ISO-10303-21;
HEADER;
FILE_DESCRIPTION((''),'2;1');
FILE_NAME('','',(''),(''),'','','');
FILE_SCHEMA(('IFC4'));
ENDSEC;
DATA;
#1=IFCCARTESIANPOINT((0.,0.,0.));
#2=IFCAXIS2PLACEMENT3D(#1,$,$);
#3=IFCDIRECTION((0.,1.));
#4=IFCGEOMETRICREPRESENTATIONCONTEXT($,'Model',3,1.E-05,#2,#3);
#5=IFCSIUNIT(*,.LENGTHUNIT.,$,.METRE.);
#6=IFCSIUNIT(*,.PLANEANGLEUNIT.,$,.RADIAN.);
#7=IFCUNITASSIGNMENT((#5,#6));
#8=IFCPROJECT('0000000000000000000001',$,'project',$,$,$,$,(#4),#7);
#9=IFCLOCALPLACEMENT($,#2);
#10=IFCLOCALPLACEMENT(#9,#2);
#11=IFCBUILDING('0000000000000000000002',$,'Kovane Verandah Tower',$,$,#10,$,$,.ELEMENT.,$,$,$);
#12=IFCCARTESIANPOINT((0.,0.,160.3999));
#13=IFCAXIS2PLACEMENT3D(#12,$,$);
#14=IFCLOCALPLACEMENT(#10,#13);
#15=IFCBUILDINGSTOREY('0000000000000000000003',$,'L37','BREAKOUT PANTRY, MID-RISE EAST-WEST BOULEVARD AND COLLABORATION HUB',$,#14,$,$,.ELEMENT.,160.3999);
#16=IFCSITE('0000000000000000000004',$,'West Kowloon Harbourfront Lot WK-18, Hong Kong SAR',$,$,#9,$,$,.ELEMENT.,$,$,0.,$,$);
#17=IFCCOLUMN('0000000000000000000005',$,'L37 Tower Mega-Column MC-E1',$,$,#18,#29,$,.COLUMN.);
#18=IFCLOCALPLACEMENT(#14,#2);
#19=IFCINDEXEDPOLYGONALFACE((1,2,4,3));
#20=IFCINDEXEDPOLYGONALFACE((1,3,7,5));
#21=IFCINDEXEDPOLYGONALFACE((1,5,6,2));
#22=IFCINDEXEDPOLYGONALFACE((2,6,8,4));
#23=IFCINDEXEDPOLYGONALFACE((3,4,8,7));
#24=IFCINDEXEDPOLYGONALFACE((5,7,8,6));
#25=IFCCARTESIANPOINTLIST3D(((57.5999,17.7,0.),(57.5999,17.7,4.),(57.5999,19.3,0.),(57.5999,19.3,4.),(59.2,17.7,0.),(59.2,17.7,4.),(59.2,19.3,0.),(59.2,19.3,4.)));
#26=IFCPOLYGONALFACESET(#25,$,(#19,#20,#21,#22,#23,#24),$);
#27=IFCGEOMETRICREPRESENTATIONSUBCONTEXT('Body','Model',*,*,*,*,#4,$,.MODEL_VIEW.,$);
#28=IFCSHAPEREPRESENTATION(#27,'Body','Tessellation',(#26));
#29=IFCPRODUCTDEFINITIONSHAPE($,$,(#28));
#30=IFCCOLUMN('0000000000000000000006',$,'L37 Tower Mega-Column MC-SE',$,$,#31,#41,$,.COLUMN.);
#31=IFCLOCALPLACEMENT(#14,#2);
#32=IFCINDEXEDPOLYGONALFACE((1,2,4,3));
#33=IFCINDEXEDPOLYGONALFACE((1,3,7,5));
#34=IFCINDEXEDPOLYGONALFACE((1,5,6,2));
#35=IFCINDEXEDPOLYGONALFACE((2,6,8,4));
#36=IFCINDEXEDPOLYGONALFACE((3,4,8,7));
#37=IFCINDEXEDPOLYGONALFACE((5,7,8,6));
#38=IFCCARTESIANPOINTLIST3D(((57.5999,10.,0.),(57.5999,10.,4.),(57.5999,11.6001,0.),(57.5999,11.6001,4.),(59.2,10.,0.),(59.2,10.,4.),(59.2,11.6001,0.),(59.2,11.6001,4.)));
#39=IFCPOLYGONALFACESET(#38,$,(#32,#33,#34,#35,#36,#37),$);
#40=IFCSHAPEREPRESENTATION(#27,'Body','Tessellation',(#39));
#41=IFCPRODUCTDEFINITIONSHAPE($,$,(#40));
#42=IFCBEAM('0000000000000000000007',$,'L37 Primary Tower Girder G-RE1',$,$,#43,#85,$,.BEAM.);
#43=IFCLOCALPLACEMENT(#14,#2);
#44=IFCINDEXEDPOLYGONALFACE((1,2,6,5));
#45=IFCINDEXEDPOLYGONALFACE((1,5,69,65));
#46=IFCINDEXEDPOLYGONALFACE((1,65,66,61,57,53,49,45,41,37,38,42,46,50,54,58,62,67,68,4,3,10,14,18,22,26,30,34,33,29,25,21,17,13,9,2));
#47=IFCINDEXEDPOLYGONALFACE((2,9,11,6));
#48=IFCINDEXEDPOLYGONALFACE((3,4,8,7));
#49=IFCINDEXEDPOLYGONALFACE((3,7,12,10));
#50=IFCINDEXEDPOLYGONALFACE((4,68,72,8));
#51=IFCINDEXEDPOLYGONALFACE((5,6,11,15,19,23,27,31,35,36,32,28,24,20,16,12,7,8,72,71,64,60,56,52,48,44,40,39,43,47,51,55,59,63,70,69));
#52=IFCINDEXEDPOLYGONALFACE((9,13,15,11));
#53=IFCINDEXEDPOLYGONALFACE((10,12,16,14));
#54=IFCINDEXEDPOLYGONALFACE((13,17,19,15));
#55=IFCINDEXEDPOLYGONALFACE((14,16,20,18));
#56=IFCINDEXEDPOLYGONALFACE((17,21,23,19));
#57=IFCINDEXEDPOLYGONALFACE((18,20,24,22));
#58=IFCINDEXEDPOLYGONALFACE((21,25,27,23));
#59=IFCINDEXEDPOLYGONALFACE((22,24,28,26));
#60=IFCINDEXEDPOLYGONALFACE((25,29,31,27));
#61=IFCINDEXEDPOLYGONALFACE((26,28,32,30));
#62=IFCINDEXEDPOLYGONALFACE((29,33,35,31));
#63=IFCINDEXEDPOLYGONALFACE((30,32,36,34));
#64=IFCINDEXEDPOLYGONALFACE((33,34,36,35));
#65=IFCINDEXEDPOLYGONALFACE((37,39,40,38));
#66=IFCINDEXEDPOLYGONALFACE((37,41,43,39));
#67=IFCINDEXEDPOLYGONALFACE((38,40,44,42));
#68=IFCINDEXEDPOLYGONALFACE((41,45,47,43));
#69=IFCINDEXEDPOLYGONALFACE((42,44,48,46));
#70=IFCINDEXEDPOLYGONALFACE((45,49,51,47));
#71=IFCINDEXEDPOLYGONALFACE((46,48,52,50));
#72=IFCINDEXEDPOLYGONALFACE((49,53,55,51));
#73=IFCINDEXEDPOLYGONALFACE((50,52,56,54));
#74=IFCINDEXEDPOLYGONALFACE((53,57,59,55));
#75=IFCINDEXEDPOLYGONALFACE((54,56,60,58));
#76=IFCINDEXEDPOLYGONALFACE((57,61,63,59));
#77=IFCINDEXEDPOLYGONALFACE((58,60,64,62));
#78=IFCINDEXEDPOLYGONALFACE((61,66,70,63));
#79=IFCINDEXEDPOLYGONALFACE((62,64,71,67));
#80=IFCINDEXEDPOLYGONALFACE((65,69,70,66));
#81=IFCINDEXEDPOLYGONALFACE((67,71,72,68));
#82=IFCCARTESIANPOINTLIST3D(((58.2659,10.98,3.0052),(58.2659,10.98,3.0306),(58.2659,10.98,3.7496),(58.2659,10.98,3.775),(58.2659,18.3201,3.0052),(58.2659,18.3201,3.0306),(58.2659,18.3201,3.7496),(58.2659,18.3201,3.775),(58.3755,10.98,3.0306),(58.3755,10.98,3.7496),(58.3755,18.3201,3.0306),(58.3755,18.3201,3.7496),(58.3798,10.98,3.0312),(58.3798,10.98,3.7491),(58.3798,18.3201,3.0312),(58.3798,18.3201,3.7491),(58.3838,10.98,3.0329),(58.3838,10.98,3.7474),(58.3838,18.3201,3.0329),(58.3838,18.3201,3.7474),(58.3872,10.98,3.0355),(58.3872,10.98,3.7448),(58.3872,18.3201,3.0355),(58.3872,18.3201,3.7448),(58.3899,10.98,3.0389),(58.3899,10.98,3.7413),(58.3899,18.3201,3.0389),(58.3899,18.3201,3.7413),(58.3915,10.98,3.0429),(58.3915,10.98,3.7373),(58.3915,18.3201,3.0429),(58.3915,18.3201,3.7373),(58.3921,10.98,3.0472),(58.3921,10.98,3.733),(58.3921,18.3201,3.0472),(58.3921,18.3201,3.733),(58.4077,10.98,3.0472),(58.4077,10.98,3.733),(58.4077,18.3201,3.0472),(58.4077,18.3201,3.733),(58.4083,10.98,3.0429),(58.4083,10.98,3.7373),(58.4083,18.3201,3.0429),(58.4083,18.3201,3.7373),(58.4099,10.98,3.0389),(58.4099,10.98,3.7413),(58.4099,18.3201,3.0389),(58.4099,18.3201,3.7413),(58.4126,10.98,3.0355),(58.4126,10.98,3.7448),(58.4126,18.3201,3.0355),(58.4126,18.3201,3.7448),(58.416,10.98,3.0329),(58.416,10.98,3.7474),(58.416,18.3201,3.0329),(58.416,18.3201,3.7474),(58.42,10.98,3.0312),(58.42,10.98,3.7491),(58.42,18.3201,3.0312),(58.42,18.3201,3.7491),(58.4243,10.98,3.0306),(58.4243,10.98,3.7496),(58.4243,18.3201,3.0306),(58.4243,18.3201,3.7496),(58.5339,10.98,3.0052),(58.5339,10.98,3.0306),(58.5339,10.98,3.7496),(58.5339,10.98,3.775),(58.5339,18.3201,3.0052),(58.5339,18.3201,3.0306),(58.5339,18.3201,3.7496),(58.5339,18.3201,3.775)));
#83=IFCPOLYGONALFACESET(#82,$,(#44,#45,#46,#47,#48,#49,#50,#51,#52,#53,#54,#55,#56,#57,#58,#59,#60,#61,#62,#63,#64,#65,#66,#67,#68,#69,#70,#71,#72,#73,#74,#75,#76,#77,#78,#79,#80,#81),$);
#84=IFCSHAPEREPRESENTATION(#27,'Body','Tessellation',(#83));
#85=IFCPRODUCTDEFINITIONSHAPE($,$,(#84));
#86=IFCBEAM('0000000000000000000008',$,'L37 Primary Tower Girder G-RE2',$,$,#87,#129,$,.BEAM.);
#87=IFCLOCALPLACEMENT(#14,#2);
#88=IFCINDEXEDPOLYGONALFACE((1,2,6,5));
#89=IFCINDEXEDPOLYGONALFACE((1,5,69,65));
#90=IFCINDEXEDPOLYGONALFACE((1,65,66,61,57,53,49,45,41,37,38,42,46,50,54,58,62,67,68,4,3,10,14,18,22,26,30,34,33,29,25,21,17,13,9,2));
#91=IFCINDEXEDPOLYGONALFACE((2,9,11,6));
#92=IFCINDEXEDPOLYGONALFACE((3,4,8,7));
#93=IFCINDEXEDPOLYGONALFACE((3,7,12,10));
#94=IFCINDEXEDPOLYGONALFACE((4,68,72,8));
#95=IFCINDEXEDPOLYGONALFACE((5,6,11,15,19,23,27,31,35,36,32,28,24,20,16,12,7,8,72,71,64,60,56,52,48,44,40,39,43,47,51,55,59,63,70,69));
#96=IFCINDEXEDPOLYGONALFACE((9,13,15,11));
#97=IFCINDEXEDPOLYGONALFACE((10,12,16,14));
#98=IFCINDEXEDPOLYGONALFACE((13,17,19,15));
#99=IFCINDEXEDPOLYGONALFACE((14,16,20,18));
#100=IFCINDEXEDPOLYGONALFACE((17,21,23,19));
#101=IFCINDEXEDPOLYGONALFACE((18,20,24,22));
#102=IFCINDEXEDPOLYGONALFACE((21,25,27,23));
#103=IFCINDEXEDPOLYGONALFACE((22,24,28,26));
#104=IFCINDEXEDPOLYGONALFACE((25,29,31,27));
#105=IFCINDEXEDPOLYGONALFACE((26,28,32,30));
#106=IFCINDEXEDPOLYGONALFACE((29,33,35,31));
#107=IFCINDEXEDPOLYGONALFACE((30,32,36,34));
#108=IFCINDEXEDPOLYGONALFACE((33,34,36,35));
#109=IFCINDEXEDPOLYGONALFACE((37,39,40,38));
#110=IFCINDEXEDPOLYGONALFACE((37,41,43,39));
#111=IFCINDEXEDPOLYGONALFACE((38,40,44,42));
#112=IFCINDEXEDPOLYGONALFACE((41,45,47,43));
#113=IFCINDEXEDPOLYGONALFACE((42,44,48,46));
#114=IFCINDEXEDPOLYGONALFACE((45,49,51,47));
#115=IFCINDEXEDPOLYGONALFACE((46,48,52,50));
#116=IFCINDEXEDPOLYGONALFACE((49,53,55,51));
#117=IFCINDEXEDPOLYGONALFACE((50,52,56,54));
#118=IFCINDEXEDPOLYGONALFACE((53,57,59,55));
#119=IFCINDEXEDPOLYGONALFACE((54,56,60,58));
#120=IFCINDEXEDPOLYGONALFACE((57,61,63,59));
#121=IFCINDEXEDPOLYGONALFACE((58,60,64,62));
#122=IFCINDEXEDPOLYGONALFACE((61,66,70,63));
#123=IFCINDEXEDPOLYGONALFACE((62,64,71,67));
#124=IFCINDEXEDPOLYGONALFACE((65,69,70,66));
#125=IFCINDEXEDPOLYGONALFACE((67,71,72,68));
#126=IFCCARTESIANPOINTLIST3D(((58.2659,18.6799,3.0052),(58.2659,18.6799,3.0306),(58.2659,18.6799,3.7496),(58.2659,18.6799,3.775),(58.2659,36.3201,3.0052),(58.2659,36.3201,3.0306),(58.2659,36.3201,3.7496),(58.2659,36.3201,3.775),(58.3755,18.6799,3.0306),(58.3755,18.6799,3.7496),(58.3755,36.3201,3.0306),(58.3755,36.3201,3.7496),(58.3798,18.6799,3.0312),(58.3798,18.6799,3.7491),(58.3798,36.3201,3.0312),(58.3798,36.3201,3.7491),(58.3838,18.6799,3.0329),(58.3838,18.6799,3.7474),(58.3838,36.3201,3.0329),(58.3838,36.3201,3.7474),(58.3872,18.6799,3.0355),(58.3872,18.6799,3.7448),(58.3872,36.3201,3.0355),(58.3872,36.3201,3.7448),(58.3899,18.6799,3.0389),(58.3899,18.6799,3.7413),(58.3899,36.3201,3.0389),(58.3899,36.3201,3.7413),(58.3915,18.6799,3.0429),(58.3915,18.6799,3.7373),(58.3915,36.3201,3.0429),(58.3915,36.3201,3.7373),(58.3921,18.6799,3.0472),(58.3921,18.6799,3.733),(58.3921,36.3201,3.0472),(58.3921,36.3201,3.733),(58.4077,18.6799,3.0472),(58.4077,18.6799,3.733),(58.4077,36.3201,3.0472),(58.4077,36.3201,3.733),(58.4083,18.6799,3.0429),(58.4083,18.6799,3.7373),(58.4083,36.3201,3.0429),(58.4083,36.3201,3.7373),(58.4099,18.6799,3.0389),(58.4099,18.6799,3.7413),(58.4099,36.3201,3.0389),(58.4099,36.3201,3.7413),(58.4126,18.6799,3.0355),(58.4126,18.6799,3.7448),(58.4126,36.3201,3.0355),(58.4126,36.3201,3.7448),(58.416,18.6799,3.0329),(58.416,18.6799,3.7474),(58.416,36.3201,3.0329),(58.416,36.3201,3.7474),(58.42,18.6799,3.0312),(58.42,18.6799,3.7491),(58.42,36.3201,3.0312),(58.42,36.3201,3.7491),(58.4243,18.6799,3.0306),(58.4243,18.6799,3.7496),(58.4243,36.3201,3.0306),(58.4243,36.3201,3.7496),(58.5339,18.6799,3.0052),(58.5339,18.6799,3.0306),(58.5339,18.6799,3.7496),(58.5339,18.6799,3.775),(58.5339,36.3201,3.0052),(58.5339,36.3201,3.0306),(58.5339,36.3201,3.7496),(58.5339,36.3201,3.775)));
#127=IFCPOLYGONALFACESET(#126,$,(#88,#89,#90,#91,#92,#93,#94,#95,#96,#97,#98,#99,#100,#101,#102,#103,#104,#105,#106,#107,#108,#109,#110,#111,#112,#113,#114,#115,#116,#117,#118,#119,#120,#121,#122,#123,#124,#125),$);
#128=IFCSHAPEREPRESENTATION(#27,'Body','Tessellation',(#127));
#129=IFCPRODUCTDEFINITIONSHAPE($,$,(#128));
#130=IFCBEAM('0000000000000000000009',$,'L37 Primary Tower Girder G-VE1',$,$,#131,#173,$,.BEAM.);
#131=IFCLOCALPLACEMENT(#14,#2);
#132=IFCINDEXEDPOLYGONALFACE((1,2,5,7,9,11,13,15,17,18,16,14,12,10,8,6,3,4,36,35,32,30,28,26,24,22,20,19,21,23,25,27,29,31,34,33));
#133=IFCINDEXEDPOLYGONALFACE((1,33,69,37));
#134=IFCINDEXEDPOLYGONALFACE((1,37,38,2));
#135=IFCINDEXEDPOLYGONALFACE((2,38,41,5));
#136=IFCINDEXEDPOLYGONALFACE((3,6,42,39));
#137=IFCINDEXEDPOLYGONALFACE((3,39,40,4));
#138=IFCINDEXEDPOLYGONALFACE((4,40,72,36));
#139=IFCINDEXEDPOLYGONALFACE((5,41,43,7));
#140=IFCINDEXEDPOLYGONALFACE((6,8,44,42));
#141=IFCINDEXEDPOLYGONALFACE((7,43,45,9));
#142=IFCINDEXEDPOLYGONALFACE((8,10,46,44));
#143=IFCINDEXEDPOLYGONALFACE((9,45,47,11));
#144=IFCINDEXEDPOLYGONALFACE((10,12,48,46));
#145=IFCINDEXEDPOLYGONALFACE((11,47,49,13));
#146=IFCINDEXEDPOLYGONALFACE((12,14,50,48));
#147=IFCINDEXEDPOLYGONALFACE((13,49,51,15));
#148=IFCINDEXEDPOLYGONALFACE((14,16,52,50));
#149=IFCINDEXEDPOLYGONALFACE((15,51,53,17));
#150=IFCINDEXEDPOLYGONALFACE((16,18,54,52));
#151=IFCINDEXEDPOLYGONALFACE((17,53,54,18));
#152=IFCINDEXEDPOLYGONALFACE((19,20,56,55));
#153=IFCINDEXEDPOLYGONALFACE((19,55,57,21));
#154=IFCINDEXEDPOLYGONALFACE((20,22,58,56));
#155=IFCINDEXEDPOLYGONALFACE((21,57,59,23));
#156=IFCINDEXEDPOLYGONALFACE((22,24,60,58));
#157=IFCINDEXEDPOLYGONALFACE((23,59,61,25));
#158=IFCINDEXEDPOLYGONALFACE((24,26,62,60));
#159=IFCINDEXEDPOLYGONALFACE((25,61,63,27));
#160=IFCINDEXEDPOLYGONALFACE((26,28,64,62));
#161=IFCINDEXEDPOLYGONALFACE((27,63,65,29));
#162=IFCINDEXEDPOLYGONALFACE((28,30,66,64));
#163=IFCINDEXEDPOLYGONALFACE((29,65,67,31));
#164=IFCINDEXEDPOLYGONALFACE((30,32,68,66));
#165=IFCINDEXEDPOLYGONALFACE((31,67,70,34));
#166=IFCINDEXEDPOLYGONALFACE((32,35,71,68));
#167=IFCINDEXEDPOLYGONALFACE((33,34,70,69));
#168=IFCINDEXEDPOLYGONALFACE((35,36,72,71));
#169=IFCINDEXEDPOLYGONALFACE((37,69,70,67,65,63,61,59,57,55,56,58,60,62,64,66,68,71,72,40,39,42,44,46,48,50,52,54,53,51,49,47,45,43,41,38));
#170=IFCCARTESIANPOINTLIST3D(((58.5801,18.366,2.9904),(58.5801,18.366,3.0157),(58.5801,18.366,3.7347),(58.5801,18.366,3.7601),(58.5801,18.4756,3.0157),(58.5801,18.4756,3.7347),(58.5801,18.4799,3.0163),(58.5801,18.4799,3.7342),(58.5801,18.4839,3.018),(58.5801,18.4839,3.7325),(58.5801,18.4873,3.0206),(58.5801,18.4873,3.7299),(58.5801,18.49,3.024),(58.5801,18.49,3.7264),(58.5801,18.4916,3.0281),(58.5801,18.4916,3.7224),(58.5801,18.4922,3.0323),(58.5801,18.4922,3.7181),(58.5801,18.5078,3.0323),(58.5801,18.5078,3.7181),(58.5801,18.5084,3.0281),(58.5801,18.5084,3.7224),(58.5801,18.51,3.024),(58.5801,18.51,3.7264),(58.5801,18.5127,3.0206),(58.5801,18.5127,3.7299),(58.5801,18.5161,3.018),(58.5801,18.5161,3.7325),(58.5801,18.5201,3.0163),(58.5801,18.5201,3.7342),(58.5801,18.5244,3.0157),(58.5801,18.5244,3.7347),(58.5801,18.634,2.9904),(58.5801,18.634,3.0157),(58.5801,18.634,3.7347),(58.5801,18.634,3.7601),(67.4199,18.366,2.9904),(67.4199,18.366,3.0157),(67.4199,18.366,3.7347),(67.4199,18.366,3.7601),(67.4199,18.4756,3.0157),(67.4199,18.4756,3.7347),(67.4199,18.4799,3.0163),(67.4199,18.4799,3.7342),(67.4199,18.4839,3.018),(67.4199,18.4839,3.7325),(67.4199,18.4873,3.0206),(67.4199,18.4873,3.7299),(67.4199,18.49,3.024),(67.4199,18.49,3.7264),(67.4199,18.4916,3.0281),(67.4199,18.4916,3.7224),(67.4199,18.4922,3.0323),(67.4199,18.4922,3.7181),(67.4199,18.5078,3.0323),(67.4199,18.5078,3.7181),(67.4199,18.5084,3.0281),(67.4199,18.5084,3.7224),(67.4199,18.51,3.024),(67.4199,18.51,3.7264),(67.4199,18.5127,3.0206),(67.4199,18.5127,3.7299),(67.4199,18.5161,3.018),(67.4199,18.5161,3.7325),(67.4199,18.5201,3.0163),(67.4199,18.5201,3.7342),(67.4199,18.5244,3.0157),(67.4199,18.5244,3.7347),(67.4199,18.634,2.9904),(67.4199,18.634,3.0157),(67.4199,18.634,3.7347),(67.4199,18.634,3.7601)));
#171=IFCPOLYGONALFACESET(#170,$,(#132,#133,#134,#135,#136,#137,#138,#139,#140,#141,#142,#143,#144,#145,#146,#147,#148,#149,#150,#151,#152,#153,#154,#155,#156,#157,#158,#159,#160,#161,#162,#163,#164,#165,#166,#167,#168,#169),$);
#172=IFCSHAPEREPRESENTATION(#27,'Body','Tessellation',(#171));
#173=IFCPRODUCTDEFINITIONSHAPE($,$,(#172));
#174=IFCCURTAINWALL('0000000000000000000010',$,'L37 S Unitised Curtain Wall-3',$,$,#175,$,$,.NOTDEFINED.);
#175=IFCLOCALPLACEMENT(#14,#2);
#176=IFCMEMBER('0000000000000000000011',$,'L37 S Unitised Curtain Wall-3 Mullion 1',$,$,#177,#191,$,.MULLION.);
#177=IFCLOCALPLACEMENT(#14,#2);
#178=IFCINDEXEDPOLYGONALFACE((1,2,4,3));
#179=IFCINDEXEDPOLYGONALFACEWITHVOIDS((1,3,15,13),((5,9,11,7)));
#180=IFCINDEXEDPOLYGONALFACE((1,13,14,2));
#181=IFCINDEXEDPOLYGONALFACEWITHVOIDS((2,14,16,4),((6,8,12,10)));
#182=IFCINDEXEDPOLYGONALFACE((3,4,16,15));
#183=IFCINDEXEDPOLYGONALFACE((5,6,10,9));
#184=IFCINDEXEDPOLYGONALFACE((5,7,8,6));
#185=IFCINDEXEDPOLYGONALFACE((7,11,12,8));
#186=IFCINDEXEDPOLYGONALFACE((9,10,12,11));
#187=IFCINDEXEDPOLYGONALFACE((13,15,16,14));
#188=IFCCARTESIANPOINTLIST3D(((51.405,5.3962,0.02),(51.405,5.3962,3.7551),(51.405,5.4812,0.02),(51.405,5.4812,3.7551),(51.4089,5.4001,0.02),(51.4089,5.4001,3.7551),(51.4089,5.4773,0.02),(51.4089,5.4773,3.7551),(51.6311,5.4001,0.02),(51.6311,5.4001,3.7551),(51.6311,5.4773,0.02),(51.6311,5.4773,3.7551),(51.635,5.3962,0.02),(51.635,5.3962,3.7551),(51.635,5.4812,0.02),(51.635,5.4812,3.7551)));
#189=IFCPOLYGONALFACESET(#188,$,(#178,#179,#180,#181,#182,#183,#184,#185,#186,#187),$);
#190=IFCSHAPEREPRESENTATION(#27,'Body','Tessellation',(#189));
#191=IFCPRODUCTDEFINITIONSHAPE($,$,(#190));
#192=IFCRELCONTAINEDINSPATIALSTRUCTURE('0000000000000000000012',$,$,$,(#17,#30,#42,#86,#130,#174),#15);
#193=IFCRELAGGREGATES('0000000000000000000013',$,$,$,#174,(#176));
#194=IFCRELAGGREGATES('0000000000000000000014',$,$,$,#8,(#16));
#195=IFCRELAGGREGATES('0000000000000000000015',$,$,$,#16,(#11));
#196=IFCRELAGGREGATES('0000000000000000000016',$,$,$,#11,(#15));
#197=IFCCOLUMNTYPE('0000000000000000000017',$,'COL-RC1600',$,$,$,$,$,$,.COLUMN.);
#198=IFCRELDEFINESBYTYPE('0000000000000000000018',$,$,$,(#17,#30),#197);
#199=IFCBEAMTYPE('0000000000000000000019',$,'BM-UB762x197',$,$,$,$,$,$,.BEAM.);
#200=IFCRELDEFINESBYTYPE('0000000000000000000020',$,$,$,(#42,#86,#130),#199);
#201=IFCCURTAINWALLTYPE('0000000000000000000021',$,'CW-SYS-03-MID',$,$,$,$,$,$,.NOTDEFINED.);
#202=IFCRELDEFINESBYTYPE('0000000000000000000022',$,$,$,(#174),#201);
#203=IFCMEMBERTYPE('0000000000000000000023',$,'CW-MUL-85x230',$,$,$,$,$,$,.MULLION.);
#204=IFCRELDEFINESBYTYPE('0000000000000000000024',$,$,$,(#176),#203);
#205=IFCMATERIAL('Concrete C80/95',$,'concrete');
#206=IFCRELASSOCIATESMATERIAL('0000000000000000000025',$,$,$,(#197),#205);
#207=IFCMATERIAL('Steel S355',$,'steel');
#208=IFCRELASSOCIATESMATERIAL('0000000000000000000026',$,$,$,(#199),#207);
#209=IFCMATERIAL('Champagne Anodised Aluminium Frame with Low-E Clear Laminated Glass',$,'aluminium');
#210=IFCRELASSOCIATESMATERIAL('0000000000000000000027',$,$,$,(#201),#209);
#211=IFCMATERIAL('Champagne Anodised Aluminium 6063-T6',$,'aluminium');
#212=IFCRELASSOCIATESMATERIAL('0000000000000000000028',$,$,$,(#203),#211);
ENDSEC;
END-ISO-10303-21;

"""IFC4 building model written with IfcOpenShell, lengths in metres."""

from ifc_helpers import new_model, si_unit, direction, frame, origin, origin_2d, place, context, subcontext, project, spatial, rectangle, hollow_rectangle, i_section, extrude, material, material_profile, profile_set, type_object, element, aggregate, save


model = new_model("IFC4")

# Units and contexts
model_context = context("Model", 3, precision=1e-05, world=origin(), true_north=direction((0.0, 1.0)))
body_context = subcontext(model_context, "Body", "Model", "MODEL_VIEW")
ifc_project = project(units=[si_unit("LENGTHUNIT", "METRE"), si_unit("PLANEANGLEUNIT", "RADIAN")], contexts=[model_context])

# Site, building, storey
site_placement = place(None, origin())
site = spatial("IfcSite", under=ifc_project, at=site_placement, Name="West Kowloon Harbourfront Lot WK-18, Hong Kong SAR", CompositionType="ELEMENT", RefElevation=0.0)
building_placement = place(site_placement, origin())
building = spatial("IfcBuilding", under=site, at=building_placement, Name="Kovane Verandah Tower", CompositionType="ELEMENT")
storey_placement = place(building_placement, frame((0.0, 0.0, 160.3999)))
storey = spatial("IfcBuildingStorey", under=building, at=storey_placement, Name="L37", Description="BREAKOUT PANTRY, MID-RISE EAST-WEST BOULEVARD AND COLLABORATION HUB", CompositionType="ELEMENT", Elevation=160.3999)

# Columns
ifc_material_1 = material(Name="Concrete C80/95", Category="concrete")
ifc_material_profile_1 = material_profile(ifc_material_1, rectangle(XDim=1.6001, YDim=1.6001, at=origin_2d()), Name="RC1600x1600")
ifc_profile_set_1 = profile_set([ifc_material_profile_1], Name="Concrete C80/95")
column_type = type_object("IfcColumnType", Name="COL-RC1600", PredefinedType="COLUMN", material=ifc_profile_set_1)
for number, where, z_axis, x_axis, name in (
    (1, (58.3999, 18.5, 0.0), (0.0, 0.0, 1.0), (1.0, 0.0, 0.0), "L37 Tower Mega-Column MC-E1"),
    (2, (58.3999, 10.8, 0.0), (0.0, 0.0, 1.0), (1.0, 0.0, 0.0), "L37 Tower Mega-Column MC-SE"),
):
    element("IfcColumn", number, at=place(storey_placement, frame(where, z_axis=z_axis, x_axis=x_axis)), inside=storey, type_object=column_type, Name=name, PredefinedType="COLUMN", context=body_context, shape_type="SweptSolid", body=[
        extrude(rectangle(XDim=1.6001, YDim=1.6001, at=origin_2d()), origin(), (0.0, 0.0, 1.0), 4.0),
    ])

# Beams
ifc_material_2 = material(Name="Steel S355", Category="steel")
ifc_material_profile_2 = material_profile(ifc_material_2, i_section(OverallWidth=0.2681, OverallDepth=0.7698, WebThickness=0.0156, FlangeThickness=0.0254, FilletRadius=0.0166, at=origin_2d()), Name="UB762x267x197")
ifc_profile_set_2 = profile_set([ifc_material_profile_2], Name="Steel S355")
beam_type_1 = type_object("IfcBeamType", Name="BM-UB762x197", PredefinedType="BEAM", material=ifc_profile_set_2)
beam_1_placement = place(storey_placement, frame((58.3999, 10.98, 3.3901), z_axis=(0.0, 1.0, 0.0), x_axis=(-1.0, 0.0, 0.0)))
element("IfcBeam", 3, at=beam_1_placement, inside=storey, type_object=beam_type_1, Name="L37 Primary Tower Girder G-RE1", PredefinedType="BEAM", context=body_context, shape_type="SweptSolid", body=[
    extrude(i_section(OverallWidth=0.2681, OverallDepth=0.7698, WebThickness=0.0156, FlangeThickness=0.0254, FilletRadius=0.0166, at=origin_2d()), origin(), (0.0, 0.0, 1.0), 7.3401),
])
beam_2_placement = place(storey_placement, frame((58.3999, 18.6799, 3.3901), z_axis=(0.0, 1.0, 0.0), x_axis=(-1.0, 0.0, 0.0)))
element("IfcBeam", 4, at=beam_2_placement, inside=storey, type_object=beam_type_1, Name="L37 Primary Tower Girder G-RE2", PredefinedType="BEAM", context=body_context, shape_type="SweptSolid", body=[
    extrude(i_section(OverallWidth=0.2681, OverallDepth=0.7698, WebThickness=0.0156, FlangeThickness=0.0254, FilletRadius=0.0166, at=origin_2d()), origin(), (0.0, 0.0, 1.0), 17.6401),
])
beam_3_placement = place(storey_placement, frame((58.5801, 18.5, 3.3752), z_axis=(1.0, 0.0, 0.0), x_axis=(0.0, 1.0, 0.0)))
element("IfcBeam", 5, at=beam_3_placement, inside=storey, type_object=beam_type_1, Name="L37 Primary Tower Girder G-VE1", PredefinedType="BEAM", context=body_context, shape_type="SweptSolid", body=[
    extrude(i_section(OverallWidth=0.2681, OverallDepth=0.7698, WebThickness=0.0156, FlangeThickness=0.0254, FilletRadius=0.0166, at=origin_2d()), origin(), (0.0, 0.0, 1.0), 8.8398),
])

# Curtain wall, member
ifc_material_3 = material(Name="Champagne Anodised Aluminium Frame with Low-E Clear Laminated Glass", Category="aluminium")
curtain_wall_type = type_object("IfcCurtainWallType", Name="CW-SYS-03-MID", PredefinedType="NOTDEFINED", material=ifc_material_3)
curtain_wall_placement = place(storey_placement, origin())
curtain_wall = element("IfcCurtainWall", 6, at=curtain_wall_placement, inside=storey, type_object=curtain_wall_type, Name="L37 S Unitised Curtain Wall-3", PredefinedType="NOTDEFINED")
ifc_material_4 = material(Name="Champagne Anodised Aluminium 6063-T6", Category="aluminium")
ifc_material_profile_3 = material_profile(ifc_material_4, hollow_rectangle(XDim=0.085, YDim=0.23, WallThickness=0.0039, at=origin_2d()), Name="AL85x230x4")
ifc_profile_set_3 = profile_set([ifc_material_profile_3], Name="Champagne Anodised Aluminium 6063-T6")
member_type_1 = type_object("IfcMemberType", Name="CW-MUL-85x230", PredefinedType="MULLION", material=ifc_profile_set_3)
member_1_placement = place(storey_placement, frame((51.52, 5.4387, 0.02), z_axis=(0.0, 0.0, 1.0), x_axis=(0.0, -1.0, 0.0)))
member_1 = element("IfcMember", 7, at=member_1_placement, type_object=member_type_1, Name="L37 S Unitised Curtain Wall-3 Mullion 1", PredefinedType="MULLION", context=body_context, shape_type="SweptSolid", body=[
    extrude(hollow_rectangle(XDim=0.085, YDim=0.23, WallThickness=0.0039, at=origin_2d()), origin(), (0.0, 0.0, 1.0), 3.7351),
])

aggregate(curtain_wall, [member_1])

save(model, "model.ifc")
